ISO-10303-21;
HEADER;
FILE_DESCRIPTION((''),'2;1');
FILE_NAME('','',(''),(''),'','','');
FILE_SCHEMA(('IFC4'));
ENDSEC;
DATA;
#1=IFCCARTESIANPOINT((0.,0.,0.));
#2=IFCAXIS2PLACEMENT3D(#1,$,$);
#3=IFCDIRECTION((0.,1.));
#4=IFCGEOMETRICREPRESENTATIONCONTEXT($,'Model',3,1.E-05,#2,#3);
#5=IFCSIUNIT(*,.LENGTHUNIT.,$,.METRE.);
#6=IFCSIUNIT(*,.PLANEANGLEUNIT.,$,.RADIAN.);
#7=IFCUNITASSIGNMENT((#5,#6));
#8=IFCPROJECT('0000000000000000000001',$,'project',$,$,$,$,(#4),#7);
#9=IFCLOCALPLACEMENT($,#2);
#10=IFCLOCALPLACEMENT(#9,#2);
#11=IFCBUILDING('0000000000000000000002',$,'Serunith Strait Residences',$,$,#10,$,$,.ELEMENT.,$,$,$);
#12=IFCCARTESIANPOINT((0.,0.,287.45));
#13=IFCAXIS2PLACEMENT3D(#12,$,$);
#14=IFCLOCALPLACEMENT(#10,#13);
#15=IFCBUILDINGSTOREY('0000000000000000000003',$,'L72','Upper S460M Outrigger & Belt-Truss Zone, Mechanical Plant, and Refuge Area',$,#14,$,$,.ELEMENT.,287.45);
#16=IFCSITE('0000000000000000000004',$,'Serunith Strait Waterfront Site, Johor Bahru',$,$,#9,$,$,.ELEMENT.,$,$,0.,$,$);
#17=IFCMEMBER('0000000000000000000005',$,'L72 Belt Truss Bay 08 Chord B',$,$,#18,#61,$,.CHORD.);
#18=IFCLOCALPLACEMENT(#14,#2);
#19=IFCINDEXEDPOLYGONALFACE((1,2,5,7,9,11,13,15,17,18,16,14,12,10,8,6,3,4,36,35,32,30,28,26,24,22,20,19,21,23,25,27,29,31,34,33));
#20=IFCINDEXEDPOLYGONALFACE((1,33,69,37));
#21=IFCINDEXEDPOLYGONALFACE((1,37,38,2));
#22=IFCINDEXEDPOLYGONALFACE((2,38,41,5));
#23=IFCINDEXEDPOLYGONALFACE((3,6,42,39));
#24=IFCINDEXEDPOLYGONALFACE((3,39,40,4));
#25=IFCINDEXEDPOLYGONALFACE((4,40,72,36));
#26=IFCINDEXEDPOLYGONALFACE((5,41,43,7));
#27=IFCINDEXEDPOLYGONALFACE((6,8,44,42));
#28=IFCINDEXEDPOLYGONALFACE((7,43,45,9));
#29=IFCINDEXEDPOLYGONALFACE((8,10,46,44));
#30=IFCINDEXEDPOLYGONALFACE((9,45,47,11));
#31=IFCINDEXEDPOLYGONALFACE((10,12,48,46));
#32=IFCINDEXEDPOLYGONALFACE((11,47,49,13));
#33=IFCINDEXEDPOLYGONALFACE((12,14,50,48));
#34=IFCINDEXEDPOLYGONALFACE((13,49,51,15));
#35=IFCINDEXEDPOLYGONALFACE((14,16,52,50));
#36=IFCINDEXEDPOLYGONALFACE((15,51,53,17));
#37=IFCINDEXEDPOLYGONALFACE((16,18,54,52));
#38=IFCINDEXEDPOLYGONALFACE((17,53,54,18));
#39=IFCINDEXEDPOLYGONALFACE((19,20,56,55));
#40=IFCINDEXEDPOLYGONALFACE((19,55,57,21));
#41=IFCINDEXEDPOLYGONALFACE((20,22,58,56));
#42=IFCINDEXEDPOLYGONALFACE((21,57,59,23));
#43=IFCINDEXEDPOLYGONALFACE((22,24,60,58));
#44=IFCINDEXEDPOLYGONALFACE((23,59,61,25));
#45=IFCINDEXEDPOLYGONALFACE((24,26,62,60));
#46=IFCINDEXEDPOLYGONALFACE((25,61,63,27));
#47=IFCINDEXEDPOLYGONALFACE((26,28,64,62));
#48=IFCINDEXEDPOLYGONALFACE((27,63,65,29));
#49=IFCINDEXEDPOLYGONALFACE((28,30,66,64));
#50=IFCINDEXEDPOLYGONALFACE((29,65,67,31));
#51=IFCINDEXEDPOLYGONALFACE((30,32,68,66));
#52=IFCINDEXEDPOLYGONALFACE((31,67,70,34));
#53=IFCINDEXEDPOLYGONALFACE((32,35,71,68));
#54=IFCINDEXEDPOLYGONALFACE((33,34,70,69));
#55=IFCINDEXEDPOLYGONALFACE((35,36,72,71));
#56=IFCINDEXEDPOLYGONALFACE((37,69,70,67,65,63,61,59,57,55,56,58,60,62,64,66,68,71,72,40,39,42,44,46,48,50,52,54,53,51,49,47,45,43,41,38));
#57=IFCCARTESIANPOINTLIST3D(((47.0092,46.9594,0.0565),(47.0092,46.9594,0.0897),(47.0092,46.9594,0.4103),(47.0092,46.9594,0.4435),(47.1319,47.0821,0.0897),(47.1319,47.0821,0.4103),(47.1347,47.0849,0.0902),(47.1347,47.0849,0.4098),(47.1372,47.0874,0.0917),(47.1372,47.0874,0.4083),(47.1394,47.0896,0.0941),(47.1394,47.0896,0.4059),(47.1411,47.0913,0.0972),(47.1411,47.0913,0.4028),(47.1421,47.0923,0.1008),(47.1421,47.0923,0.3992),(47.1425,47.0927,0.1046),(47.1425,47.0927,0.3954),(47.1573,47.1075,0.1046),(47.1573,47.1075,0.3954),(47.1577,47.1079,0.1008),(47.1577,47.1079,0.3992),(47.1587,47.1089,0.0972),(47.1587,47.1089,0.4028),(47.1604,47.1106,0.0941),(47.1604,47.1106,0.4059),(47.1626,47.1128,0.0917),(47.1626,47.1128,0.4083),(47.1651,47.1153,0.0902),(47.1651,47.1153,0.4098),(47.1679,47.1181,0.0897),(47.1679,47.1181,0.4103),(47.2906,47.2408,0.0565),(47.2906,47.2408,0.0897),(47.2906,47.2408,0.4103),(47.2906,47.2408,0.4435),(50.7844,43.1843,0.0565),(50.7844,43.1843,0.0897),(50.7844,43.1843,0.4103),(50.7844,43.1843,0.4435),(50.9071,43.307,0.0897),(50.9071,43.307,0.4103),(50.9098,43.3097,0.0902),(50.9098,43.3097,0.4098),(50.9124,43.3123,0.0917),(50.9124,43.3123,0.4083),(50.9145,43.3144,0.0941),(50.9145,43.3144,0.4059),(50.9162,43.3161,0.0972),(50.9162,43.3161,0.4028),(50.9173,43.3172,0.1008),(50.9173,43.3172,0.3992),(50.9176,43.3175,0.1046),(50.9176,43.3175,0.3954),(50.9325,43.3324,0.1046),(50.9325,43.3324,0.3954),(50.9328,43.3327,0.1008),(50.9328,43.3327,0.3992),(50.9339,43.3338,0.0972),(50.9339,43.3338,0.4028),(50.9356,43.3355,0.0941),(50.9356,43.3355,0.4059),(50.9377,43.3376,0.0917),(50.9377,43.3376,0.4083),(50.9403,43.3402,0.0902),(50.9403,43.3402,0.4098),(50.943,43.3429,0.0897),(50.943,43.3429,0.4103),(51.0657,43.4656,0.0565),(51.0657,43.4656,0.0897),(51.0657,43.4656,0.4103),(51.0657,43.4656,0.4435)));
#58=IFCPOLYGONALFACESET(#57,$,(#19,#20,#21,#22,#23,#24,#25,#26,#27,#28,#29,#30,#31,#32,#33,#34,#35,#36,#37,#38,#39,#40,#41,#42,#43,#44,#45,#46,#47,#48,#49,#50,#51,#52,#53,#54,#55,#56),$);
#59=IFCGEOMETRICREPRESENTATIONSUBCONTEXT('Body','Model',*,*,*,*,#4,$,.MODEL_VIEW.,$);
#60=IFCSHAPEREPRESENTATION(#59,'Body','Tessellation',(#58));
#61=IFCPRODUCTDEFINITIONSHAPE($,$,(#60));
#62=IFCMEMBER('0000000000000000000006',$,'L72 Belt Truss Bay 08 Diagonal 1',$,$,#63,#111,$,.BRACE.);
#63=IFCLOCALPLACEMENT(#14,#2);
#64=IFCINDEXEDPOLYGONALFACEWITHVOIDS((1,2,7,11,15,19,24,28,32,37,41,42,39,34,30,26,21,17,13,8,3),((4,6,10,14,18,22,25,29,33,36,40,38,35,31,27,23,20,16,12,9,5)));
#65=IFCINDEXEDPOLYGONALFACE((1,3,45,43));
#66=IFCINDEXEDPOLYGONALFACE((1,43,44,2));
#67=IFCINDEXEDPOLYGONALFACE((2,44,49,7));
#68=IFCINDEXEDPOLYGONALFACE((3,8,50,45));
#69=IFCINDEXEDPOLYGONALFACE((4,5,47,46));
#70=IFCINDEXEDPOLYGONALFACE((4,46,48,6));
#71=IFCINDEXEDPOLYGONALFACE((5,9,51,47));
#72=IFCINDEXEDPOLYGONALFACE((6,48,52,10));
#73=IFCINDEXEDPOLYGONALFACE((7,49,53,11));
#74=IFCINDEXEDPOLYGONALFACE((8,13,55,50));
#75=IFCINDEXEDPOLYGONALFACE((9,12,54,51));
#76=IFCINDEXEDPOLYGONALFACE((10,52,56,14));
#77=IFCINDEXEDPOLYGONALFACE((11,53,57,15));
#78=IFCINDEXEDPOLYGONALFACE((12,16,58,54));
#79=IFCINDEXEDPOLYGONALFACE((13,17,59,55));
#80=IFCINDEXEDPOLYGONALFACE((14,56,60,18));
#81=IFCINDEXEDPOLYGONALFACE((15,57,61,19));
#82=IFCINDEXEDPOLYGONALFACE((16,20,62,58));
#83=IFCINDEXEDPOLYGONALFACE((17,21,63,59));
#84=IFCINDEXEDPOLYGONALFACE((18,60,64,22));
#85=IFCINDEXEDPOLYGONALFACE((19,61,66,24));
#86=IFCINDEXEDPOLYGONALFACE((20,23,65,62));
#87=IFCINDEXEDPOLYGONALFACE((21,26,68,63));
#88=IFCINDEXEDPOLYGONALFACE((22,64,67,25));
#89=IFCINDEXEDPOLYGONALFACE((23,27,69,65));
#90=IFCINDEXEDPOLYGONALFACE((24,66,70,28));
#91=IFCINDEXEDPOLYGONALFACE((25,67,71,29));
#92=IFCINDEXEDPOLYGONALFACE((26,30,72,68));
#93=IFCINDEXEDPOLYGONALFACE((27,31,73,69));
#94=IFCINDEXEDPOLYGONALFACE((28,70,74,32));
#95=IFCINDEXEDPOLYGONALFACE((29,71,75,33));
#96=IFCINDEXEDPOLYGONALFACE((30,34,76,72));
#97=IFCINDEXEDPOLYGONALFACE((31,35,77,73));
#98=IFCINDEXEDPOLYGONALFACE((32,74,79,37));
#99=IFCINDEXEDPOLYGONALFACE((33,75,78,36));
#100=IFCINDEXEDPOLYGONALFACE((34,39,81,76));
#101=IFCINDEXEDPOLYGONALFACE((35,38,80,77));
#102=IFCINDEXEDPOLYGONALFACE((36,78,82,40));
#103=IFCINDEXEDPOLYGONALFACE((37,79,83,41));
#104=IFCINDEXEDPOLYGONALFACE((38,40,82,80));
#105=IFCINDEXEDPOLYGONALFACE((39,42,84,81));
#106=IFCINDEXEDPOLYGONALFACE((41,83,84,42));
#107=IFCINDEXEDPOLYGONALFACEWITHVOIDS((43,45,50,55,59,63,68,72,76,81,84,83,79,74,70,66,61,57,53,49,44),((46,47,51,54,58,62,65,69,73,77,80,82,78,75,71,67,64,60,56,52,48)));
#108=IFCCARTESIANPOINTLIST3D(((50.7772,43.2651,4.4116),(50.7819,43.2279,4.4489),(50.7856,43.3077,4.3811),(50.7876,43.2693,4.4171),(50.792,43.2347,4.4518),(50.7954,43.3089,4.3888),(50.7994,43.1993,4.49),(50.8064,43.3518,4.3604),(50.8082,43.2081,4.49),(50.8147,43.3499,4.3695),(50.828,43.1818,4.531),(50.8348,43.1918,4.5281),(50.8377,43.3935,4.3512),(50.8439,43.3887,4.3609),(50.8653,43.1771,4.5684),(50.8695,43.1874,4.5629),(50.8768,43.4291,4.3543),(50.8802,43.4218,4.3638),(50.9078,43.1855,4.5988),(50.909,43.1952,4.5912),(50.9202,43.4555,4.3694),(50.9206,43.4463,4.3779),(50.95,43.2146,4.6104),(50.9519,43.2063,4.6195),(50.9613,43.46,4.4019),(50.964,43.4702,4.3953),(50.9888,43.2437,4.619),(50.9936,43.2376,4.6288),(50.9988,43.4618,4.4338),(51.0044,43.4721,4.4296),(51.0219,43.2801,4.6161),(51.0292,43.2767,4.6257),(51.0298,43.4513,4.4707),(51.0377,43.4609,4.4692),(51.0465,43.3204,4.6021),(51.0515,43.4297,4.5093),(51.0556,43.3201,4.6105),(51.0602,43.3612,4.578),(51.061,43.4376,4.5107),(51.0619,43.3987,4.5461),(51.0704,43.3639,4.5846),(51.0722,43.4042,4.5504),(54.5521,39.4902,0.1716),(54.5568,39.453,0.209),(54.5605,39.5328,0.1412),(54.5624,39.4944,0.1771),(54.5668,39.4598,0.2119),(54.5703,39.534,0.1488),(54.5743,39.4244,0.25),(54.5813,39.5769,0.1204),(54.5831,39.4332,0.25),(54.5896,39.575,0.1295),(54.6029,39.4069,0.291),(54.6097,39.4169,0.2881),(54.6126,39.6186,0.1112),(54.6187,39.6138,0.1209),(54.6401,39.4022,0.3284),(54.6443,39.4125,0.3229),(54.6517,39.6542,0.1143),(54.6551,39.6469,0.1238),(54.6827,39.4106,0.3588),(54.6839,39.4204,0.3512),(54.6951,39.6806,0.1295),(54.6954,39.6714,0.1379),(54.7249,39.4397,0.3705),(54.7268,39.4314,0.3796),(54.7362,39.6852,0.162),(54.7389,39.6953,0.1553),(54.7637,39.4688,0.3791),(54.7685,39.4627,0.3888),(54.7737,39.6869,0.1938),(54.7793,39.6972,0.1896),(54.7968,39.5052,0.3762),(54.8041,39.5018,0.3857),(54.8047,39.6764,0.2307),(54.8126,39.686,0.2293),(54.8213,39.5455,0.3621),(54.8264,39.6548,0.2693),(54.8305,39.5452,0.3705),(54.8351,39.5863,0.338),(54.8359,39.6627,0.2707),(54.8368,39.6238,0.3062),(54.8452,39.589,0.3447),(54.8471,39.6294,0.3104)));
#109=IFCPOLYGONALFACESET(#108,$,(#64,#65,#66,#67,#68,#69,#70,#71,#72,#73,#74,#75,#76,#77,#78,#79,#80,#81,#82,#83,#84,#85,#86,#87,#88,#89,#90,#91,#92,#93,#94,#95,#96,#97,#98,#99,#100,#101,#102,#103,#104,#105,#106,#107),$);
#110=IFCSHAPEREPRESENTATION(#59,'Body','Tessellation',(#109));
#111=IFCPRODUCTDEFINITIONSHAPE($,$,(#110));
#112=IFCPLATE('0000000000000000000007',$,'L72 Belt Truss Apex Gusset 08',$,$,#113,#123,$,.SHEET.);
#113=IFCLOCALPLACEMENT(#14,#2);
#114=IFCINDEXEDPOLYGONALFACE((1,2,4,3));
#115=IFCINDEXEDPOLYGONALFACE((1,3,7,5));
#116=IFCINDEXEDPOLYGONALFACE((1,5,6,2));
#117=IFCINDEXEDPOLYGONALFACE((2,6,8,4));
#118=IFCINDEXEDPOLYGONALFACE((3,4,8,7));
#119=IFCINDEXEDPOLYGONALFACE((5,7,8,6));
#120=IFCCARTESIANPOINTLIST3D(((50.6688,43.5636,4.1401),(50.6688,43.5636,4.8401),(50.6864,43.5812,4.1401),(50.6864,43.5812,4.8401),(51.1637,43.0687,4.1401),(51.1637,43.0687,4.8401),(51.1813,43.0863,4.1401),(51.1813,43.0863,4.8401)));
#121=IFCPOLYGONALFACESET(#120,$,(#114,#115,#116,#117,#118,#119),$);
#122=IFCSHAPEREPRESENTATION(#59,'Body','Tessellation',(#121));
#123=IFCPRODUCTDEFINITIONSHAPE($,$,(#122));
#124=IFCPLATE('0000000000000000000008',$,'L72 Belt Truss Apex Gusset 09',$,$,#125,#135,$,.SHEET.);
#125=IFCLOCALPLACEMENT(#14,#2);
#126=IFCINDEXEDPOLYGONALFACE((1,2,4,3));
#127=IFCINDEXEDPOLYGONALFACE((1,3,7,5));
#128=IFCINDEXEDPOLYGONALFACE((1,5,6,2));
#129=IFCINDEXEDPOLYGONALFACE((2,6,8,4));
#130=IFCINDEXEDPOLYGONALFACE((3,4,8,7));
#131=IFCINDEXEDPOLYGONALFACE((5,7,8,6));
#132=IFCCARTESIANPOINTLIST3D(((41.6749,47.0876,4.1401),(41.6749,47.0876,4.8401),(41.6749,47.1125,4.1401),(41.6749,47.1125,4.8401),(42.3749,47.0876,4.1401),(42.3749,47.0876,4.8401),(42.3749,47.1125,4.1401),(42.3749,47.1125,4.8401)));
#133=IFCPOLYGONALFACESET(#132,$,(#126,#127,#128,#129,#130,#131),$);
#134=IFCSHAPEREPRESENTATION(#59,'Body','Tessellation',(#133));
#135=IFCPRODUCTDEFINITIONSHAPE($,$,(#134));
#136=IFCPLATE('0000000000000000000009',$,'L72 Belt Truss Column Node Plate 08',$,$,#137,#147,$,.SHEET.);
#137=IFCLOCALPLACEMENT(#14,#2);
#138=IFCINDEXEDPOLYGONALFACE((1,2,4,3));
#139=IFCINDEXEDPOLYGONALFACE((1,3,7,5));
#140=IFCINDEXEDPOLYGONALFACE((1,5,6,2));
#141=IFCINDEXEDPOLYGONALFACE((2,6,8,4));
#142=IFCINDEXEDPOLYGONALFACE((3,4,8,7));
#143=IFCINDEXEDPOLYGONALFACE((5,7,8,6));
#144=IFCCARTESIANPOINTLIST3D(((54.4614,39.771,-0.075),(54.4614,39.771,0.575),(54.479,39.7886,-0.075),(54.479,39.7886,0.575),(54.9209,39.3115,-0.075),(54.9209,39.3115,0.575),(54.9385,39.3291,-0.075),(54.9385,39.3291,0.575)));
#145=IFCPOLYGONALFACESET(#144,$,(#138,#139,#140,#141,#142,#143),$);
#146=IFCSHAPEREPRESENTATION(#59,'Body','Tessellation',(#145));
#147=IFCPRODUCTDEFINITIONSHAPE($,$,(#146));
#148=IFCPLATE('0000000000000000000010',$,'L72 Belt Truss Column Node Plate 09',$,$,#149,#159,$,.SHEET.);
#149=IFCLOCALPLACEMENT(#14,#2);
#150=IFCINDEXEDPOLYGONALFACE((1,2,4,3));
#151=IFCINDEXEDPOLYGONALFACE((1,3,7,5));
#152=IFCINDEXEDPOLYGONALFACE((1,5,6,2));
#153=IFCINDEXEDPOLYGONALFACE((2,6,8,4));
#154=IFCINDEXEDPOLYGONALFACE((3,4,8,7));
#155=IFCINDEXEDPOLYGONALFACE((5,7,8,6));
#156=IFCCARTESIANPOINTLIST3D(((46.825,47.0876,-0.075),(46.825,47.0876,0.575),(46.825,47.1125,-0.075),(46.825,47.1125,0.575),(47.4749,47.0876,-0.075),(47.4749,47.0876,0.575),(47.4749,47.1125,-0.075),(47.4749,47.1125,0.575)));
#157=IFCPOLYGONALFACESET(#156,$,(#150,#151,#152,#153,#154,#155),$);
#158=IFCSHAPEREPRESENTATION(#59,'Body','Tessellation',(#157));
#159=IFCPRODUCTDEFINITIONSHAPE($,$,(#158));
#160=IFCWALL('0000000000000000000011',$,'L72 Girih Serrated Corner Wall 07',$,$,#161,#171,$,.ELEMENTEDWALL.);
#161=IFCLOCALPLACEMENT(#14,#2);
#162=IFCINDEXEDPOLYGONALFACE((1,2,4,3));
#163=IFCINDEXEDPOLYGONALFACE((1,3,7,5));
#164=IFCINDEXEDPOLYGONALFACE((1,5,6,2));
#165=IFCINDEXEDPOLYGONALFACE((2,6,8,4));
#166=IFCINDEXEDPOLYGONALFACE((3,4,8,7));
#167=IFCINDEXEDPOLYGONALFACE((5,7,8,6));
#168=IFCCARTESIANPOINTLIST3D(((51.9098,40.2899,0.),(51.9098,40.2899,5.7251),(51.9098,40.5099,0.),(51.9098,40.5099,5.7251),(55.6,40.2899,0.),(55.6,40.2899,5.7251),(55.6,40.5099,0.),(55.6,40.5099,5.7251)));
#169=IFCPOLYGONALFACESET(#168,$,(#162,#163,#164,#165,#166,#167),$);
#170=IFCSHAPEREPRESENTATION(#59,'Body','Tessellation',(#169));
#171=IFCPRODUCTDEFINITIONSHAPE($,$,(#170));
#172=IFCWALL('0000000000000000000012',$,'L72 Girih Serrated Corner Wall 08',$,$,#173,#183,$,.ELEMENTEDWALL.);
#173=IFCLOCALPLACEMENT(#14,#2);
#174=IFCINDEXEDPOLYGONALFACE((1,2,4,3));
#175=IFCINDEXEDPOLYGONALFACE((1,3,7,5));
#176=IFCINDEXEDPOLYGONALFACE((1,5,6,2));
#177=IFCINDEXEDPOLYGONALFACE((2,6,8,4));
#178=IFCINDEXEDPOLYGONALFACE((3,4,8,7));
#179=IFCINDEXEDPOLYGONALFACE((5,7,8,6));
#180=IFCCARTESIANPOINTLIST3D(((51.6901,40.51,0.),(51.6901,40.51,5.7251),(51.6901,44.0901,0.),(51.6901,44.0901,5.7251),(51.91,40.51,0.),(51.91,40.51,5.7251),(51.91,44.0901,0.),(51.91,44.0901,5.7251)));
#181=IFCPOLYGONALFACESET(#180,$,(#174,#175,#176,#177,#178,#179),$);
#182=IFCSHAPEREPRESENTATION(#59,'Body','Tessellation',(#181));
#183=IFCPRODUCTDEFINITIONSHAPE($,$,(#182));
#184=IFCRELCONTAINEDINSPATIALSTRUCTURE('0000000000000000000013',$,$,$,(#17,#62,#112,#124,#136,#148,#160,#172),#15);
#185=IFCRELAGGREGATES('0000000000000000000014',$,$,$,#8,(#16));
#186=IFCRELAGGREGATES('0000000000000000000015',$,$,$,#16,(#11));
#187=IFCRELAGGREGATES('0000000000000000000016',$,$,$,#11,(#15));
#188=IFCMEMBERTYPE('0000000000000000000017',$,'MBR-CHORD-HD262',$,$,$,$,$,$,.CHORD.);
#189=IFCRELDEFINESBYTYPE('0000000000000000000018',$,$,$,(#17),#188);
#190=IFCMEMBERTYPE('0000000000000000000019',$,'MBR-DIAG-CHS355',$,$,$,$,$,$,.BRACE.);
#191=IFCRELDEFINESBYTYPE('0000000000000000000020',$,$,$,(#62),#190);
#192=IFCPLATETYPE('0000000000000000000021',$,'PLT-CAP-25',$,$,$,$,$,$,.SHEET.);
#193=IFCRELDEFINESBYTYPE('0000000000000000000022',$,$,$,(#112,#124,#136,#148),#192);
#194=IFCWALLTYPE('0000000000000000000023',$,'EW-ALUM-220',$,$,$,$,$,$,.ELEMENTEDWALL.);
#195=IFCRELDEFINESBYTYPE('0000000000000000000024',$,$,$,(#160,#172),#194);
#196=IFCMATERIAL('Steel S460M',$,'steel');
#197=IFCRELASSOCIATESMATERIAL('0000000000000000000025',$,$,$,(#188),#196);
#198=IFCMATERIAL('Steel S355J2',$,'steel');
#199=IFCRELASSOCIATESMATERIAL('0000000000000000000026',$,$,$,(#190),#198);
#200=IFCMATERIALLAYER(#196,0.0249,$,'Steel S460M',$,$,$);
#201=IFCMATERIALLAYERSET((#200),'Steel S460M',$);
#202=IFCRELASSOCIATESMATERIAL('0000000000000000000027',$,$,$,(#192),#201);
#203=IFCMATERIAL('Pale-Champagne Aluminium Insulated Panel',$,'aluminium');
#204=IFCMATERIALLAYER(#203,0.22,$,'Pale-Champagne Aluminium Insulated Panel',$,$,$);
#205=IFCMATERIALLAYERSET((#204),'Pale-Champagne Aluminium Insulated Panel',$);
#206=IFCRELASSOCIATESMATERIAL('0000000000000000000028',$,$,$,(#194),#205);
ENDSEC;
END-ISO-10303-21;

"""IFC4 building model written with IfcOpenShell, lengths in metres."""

from ifc_helpers import new_model, si_unit, direction, frame, frame_2d, origin, origin_2d, place, context, subcontext, project, spatial, rectangle, hollow_circle, i_section, extrude, source, transform, mapped, material, layer, layer_set, material_profile, profile_set, type_object, element, save


model = new_model("IFC4")

# Units and contexts
model_context = context("Model", 3, precision=1e-05, world=origin(), true_north=direction((0.0, 1.0)))
body_context = subcontext(model_context, "Body", "Model", "MODEL_VIEW")
ifc_project = project(units=[si_unit("LENGTHUNIT", "METRE"), si_unit("PLANEANGLEUNIT", "RADIAN")], contexts=[model_context])

# Site, building, storey
site_placement = place(None, origin())
site = spatial("IfcSite", under=ifc_project, at=site_placement, Name="Serunith Strait Waterfront Site, Johor Bahru", CompositionType="ELEMENT", RefElevation=0.0)
building_placement = place(site_placement, origin())
building = spatial("IfcBuilding", under=site, at=building_placement, Name="Serunith Strait Residences", CompositionType="ELEMENT")
storey_placement = place(building_placement, frame((0.0, 0.0, 287.45)))
storey = spatial("IfcBuildingStorey", under=building, at=storey_placement, Name="L72", Description="Upper S460M Outrigger & Belt-Truss Zone, Mechanical Plant, and Refuge Area", CompositionType="ELEMENT", Elevation=287.45)

# Shared definitions
ifc_material_1 = material(Name="Steel S355J2", Category="steel")

# Members
ifc_material_2 = material(Name="Steel S460M", Category="steel")
ifc_material_profile_1 = material_profile(ifc_material_2, i_section(OverallWidth=0.3979, OverallDepth=0.387, WebThickness=0.021, FlangeThickness=0.0332, FilletRadius=0.0149, at=origin_2d()), Name="HD 400x262")
ifc_profile_set_1 = profile_set([ifc_material_profile_1], Name="Steel S460M")
member_type_1 = type_object("IfcMemberType", Name="MBR-CHORD-HD262", PredefinedType="CHORD", material=ifc_profile_set_1)
ifc_material_profile_2 = material_profile(ifc_material_1, hollow_circle(Radius=0.1777, WallThickness=0.0125, at=origin_2d()), Name="CHS 355.6x12.5")
ifc_profile_set_2 = profile_set([ifc_material_profile_2], Name="Steel S355J2")
member_type_2 = type_object("IfcMemberType", Name="MBR-DIAG-CHS355", PredefinedType="BRACE", material=ifc_profile_set_2)
shared_shape_1 = source(origin(), body_context, "Body", "SweptSolid", [
    extrude(i_section(OverallWidth=0.3979, OverallDepth=0.387, WebThickness=0.021, FlangeThickness=0.0332, FilletRadius=0.0149, at=origin_2d()), origin(), (0.0, 0.0, 1.0), 5.3389),
])
member_1_placement = place(storey_placement, frame((50.925, 43.325, 0.25), z_axis=(-0.707107, 0.707107, 0.0), x_axis=(-0.707107, -0.707107, 0.0)))
element("IfcMember", 1, at=member_1_placement, inside=storey, type_object=member_type_1, Name="L72 Belt Truss Bay 08 Chord B", PredefinedType="CHORD", context=body_context, shape_type="MappedRepresentation", body=[
    mapped(shared_shape_1, transform((0.0, 0.0, 0.0), scale=1.0)),
])
shared_shape_2 = source(origin(), body_context, "Body", "SweptSolid", [
    extrude(hollow_circle(Radius=0.1777, WallThickness=0.0125, at=origin_2d()), origin(), (0.0, 0.0, 1.0), 6.8174),
])
member_2_placement = place(storey_placement, frame((54.7, 39.55, 0.25), z_axis=(-0.553714, 0.553714, 0.621934), x_axis=(-0.707107, -0.707107, 0.0)))
element("IfcMember", 2, at=member_2_placement, inside=storey, type_object=member_type_2, Name="L72 Belt Truss Bay 08 Diagonal 1", PredefinedType="BRACE", context=body_context, shape_type="MappedRepresentation", body=[
    mapped(shared_shape_2, transform((0.0, 0.0, 0.0), scale=1.0)),
])

# Plates
ifc_layer_1 = layer(ifc_material_2, 0.0249, Name="Steel S460M")
ifc_layer_set_1 = layer_set([ifc_layer_1], Name="Steel S460M")
plate_type = type_object("IfcPlateType", Name="PLT-CAP-25", PredefinedType="SHEET", material=ifc_layer_set_1)
shared_shape_3 = source(origin(), body_context, "Body", "SweptSolid", [
    extrude(rectangle(XDim=0.7, YDim=0.0249, at=origin_2d()), origin(), (0.0, 0.0, 1.0), 0.7),
])
for number, where, z_axis, x_axis, name in (
    (3, (50.925, 43.325, 4.1401), (0.0, 0.0, 1.0), (-0.707107, 0.707107, 0.0), "L72 Belt Truss Apex Gusset 08"),
    (4, (42.0249, 47.1001, 4.1401), (0.0, 0.0, 1.0), (-1.0, 0.0, 0.0), "L72 Belt Truss Apex Gusset 09"),
):
    element("IfcPlate", number, at=place(storey_placement, frame(where, z_axis=z_axis, x_axis=x_axis)), inside=storey, type_object=plate_type, Name=name, PredefinedType="SHEET", context=body_context, shape_type="MappedRepresentation", body=[
        mapped(shared_shape_3, transform((0.0, 0.0, 0.0), scale=1.0)),
    ])
shared_shape_4 = source(origin(), body_context, "Body", "SweptSolid", [
    extrude(rectangle(XDim=0.6499, YDim=0.0249, at=origin_2d()), origin(), (0.0, 0.0, 1.0), 0.6499),
])
for number, where, z_axis, x_axis, name in (
    (5, (54.7, 39.55, -0.075), (0.0, 0.0, 1.0), (-0.707107, 0.707107, 0.0), "L72 Belt Truss Column Node Plate 08"),
    (6, (47.1499, 47.1001, -0.075), (0.0, 0.0, 1.0), (-1.0, 0.0, 0.0), "L72 Belt Truss Column Node Plate 09"),
):
    element("IfcPlate", number, at=place(storey_placement, frame(where, z_axis=z_axis, x_axis=x_axis)), inside=storey, type_object=plate_type, Name=name, PredefinedType="SHEET", context=body_context, shape_type="MappedRepresentation", body=[
        mapped(shared_shape_4, transform((0.0, 0.0, 0.0), scale=1.0)),
    ])

# Walls
ifc_material_3 = material(Name="Pale-Champagne Aluminium Insulated Panel", Category="aluminium")
ifc_layer_2 = layer(ifc_material_3, 0.22, Name="Pale-Champagne Aluminium Insulated Panel")
ifc_layer_set_2 = layer_set([ifc_layer_2], Name="Pale-Champagne Aluminium Insulated Panel")
wall_type = type_object("IfcWallType", Name="EW-ALUM-220", PredefinedType="ELEMENTEDWALL", material=ifc_layer_set_2)
wall_1_placement = place(storey_placement, frame((55.6001, 40.3999, 0.0), z_axis=(0.0, 0.0, 1.0), x_axis=(-1.0, 0.0, 0.0)))
element("IfcWall", 7, at=wall_1_placement, inside=storey, type_object=wall_type, Name="L72 Girih Serrated Corner Wall 07", PredefinedType="ELEMENTEDWALL", context=body_context, shape_type="SweptSolid", body=[
    extrude(rectangle(XDim=3.6902, YDim=0.22, at=frame_2d((1.8452, 0.0))), origin(), (0.0, 0.0, 1.0), 5.7251),
])
wall_2_placement = place(storey_placement, frame((51.8, 40.51, 0.0), z_axis=(0.0, 0.0, 1.0), x_axis=(0.0, 1.0, 0.0)))
element("IfcWall", 8, at=wall_2_placement, inside=storey, type_object=wall_type, Name="L72 Girih Serrated Corner Wall 08", PredefinedType="ELEMENTEDWALL", context=body_context, shape_type="SweptSolid", body=[
    extrude(rectangle(XDim=3.5801, YDim=0.22, at=frame_2d((1.79, 0.0))), origin(), (0.0, 0.0, 1.0), 5.7251),
])

save(model, "model.ifc")
